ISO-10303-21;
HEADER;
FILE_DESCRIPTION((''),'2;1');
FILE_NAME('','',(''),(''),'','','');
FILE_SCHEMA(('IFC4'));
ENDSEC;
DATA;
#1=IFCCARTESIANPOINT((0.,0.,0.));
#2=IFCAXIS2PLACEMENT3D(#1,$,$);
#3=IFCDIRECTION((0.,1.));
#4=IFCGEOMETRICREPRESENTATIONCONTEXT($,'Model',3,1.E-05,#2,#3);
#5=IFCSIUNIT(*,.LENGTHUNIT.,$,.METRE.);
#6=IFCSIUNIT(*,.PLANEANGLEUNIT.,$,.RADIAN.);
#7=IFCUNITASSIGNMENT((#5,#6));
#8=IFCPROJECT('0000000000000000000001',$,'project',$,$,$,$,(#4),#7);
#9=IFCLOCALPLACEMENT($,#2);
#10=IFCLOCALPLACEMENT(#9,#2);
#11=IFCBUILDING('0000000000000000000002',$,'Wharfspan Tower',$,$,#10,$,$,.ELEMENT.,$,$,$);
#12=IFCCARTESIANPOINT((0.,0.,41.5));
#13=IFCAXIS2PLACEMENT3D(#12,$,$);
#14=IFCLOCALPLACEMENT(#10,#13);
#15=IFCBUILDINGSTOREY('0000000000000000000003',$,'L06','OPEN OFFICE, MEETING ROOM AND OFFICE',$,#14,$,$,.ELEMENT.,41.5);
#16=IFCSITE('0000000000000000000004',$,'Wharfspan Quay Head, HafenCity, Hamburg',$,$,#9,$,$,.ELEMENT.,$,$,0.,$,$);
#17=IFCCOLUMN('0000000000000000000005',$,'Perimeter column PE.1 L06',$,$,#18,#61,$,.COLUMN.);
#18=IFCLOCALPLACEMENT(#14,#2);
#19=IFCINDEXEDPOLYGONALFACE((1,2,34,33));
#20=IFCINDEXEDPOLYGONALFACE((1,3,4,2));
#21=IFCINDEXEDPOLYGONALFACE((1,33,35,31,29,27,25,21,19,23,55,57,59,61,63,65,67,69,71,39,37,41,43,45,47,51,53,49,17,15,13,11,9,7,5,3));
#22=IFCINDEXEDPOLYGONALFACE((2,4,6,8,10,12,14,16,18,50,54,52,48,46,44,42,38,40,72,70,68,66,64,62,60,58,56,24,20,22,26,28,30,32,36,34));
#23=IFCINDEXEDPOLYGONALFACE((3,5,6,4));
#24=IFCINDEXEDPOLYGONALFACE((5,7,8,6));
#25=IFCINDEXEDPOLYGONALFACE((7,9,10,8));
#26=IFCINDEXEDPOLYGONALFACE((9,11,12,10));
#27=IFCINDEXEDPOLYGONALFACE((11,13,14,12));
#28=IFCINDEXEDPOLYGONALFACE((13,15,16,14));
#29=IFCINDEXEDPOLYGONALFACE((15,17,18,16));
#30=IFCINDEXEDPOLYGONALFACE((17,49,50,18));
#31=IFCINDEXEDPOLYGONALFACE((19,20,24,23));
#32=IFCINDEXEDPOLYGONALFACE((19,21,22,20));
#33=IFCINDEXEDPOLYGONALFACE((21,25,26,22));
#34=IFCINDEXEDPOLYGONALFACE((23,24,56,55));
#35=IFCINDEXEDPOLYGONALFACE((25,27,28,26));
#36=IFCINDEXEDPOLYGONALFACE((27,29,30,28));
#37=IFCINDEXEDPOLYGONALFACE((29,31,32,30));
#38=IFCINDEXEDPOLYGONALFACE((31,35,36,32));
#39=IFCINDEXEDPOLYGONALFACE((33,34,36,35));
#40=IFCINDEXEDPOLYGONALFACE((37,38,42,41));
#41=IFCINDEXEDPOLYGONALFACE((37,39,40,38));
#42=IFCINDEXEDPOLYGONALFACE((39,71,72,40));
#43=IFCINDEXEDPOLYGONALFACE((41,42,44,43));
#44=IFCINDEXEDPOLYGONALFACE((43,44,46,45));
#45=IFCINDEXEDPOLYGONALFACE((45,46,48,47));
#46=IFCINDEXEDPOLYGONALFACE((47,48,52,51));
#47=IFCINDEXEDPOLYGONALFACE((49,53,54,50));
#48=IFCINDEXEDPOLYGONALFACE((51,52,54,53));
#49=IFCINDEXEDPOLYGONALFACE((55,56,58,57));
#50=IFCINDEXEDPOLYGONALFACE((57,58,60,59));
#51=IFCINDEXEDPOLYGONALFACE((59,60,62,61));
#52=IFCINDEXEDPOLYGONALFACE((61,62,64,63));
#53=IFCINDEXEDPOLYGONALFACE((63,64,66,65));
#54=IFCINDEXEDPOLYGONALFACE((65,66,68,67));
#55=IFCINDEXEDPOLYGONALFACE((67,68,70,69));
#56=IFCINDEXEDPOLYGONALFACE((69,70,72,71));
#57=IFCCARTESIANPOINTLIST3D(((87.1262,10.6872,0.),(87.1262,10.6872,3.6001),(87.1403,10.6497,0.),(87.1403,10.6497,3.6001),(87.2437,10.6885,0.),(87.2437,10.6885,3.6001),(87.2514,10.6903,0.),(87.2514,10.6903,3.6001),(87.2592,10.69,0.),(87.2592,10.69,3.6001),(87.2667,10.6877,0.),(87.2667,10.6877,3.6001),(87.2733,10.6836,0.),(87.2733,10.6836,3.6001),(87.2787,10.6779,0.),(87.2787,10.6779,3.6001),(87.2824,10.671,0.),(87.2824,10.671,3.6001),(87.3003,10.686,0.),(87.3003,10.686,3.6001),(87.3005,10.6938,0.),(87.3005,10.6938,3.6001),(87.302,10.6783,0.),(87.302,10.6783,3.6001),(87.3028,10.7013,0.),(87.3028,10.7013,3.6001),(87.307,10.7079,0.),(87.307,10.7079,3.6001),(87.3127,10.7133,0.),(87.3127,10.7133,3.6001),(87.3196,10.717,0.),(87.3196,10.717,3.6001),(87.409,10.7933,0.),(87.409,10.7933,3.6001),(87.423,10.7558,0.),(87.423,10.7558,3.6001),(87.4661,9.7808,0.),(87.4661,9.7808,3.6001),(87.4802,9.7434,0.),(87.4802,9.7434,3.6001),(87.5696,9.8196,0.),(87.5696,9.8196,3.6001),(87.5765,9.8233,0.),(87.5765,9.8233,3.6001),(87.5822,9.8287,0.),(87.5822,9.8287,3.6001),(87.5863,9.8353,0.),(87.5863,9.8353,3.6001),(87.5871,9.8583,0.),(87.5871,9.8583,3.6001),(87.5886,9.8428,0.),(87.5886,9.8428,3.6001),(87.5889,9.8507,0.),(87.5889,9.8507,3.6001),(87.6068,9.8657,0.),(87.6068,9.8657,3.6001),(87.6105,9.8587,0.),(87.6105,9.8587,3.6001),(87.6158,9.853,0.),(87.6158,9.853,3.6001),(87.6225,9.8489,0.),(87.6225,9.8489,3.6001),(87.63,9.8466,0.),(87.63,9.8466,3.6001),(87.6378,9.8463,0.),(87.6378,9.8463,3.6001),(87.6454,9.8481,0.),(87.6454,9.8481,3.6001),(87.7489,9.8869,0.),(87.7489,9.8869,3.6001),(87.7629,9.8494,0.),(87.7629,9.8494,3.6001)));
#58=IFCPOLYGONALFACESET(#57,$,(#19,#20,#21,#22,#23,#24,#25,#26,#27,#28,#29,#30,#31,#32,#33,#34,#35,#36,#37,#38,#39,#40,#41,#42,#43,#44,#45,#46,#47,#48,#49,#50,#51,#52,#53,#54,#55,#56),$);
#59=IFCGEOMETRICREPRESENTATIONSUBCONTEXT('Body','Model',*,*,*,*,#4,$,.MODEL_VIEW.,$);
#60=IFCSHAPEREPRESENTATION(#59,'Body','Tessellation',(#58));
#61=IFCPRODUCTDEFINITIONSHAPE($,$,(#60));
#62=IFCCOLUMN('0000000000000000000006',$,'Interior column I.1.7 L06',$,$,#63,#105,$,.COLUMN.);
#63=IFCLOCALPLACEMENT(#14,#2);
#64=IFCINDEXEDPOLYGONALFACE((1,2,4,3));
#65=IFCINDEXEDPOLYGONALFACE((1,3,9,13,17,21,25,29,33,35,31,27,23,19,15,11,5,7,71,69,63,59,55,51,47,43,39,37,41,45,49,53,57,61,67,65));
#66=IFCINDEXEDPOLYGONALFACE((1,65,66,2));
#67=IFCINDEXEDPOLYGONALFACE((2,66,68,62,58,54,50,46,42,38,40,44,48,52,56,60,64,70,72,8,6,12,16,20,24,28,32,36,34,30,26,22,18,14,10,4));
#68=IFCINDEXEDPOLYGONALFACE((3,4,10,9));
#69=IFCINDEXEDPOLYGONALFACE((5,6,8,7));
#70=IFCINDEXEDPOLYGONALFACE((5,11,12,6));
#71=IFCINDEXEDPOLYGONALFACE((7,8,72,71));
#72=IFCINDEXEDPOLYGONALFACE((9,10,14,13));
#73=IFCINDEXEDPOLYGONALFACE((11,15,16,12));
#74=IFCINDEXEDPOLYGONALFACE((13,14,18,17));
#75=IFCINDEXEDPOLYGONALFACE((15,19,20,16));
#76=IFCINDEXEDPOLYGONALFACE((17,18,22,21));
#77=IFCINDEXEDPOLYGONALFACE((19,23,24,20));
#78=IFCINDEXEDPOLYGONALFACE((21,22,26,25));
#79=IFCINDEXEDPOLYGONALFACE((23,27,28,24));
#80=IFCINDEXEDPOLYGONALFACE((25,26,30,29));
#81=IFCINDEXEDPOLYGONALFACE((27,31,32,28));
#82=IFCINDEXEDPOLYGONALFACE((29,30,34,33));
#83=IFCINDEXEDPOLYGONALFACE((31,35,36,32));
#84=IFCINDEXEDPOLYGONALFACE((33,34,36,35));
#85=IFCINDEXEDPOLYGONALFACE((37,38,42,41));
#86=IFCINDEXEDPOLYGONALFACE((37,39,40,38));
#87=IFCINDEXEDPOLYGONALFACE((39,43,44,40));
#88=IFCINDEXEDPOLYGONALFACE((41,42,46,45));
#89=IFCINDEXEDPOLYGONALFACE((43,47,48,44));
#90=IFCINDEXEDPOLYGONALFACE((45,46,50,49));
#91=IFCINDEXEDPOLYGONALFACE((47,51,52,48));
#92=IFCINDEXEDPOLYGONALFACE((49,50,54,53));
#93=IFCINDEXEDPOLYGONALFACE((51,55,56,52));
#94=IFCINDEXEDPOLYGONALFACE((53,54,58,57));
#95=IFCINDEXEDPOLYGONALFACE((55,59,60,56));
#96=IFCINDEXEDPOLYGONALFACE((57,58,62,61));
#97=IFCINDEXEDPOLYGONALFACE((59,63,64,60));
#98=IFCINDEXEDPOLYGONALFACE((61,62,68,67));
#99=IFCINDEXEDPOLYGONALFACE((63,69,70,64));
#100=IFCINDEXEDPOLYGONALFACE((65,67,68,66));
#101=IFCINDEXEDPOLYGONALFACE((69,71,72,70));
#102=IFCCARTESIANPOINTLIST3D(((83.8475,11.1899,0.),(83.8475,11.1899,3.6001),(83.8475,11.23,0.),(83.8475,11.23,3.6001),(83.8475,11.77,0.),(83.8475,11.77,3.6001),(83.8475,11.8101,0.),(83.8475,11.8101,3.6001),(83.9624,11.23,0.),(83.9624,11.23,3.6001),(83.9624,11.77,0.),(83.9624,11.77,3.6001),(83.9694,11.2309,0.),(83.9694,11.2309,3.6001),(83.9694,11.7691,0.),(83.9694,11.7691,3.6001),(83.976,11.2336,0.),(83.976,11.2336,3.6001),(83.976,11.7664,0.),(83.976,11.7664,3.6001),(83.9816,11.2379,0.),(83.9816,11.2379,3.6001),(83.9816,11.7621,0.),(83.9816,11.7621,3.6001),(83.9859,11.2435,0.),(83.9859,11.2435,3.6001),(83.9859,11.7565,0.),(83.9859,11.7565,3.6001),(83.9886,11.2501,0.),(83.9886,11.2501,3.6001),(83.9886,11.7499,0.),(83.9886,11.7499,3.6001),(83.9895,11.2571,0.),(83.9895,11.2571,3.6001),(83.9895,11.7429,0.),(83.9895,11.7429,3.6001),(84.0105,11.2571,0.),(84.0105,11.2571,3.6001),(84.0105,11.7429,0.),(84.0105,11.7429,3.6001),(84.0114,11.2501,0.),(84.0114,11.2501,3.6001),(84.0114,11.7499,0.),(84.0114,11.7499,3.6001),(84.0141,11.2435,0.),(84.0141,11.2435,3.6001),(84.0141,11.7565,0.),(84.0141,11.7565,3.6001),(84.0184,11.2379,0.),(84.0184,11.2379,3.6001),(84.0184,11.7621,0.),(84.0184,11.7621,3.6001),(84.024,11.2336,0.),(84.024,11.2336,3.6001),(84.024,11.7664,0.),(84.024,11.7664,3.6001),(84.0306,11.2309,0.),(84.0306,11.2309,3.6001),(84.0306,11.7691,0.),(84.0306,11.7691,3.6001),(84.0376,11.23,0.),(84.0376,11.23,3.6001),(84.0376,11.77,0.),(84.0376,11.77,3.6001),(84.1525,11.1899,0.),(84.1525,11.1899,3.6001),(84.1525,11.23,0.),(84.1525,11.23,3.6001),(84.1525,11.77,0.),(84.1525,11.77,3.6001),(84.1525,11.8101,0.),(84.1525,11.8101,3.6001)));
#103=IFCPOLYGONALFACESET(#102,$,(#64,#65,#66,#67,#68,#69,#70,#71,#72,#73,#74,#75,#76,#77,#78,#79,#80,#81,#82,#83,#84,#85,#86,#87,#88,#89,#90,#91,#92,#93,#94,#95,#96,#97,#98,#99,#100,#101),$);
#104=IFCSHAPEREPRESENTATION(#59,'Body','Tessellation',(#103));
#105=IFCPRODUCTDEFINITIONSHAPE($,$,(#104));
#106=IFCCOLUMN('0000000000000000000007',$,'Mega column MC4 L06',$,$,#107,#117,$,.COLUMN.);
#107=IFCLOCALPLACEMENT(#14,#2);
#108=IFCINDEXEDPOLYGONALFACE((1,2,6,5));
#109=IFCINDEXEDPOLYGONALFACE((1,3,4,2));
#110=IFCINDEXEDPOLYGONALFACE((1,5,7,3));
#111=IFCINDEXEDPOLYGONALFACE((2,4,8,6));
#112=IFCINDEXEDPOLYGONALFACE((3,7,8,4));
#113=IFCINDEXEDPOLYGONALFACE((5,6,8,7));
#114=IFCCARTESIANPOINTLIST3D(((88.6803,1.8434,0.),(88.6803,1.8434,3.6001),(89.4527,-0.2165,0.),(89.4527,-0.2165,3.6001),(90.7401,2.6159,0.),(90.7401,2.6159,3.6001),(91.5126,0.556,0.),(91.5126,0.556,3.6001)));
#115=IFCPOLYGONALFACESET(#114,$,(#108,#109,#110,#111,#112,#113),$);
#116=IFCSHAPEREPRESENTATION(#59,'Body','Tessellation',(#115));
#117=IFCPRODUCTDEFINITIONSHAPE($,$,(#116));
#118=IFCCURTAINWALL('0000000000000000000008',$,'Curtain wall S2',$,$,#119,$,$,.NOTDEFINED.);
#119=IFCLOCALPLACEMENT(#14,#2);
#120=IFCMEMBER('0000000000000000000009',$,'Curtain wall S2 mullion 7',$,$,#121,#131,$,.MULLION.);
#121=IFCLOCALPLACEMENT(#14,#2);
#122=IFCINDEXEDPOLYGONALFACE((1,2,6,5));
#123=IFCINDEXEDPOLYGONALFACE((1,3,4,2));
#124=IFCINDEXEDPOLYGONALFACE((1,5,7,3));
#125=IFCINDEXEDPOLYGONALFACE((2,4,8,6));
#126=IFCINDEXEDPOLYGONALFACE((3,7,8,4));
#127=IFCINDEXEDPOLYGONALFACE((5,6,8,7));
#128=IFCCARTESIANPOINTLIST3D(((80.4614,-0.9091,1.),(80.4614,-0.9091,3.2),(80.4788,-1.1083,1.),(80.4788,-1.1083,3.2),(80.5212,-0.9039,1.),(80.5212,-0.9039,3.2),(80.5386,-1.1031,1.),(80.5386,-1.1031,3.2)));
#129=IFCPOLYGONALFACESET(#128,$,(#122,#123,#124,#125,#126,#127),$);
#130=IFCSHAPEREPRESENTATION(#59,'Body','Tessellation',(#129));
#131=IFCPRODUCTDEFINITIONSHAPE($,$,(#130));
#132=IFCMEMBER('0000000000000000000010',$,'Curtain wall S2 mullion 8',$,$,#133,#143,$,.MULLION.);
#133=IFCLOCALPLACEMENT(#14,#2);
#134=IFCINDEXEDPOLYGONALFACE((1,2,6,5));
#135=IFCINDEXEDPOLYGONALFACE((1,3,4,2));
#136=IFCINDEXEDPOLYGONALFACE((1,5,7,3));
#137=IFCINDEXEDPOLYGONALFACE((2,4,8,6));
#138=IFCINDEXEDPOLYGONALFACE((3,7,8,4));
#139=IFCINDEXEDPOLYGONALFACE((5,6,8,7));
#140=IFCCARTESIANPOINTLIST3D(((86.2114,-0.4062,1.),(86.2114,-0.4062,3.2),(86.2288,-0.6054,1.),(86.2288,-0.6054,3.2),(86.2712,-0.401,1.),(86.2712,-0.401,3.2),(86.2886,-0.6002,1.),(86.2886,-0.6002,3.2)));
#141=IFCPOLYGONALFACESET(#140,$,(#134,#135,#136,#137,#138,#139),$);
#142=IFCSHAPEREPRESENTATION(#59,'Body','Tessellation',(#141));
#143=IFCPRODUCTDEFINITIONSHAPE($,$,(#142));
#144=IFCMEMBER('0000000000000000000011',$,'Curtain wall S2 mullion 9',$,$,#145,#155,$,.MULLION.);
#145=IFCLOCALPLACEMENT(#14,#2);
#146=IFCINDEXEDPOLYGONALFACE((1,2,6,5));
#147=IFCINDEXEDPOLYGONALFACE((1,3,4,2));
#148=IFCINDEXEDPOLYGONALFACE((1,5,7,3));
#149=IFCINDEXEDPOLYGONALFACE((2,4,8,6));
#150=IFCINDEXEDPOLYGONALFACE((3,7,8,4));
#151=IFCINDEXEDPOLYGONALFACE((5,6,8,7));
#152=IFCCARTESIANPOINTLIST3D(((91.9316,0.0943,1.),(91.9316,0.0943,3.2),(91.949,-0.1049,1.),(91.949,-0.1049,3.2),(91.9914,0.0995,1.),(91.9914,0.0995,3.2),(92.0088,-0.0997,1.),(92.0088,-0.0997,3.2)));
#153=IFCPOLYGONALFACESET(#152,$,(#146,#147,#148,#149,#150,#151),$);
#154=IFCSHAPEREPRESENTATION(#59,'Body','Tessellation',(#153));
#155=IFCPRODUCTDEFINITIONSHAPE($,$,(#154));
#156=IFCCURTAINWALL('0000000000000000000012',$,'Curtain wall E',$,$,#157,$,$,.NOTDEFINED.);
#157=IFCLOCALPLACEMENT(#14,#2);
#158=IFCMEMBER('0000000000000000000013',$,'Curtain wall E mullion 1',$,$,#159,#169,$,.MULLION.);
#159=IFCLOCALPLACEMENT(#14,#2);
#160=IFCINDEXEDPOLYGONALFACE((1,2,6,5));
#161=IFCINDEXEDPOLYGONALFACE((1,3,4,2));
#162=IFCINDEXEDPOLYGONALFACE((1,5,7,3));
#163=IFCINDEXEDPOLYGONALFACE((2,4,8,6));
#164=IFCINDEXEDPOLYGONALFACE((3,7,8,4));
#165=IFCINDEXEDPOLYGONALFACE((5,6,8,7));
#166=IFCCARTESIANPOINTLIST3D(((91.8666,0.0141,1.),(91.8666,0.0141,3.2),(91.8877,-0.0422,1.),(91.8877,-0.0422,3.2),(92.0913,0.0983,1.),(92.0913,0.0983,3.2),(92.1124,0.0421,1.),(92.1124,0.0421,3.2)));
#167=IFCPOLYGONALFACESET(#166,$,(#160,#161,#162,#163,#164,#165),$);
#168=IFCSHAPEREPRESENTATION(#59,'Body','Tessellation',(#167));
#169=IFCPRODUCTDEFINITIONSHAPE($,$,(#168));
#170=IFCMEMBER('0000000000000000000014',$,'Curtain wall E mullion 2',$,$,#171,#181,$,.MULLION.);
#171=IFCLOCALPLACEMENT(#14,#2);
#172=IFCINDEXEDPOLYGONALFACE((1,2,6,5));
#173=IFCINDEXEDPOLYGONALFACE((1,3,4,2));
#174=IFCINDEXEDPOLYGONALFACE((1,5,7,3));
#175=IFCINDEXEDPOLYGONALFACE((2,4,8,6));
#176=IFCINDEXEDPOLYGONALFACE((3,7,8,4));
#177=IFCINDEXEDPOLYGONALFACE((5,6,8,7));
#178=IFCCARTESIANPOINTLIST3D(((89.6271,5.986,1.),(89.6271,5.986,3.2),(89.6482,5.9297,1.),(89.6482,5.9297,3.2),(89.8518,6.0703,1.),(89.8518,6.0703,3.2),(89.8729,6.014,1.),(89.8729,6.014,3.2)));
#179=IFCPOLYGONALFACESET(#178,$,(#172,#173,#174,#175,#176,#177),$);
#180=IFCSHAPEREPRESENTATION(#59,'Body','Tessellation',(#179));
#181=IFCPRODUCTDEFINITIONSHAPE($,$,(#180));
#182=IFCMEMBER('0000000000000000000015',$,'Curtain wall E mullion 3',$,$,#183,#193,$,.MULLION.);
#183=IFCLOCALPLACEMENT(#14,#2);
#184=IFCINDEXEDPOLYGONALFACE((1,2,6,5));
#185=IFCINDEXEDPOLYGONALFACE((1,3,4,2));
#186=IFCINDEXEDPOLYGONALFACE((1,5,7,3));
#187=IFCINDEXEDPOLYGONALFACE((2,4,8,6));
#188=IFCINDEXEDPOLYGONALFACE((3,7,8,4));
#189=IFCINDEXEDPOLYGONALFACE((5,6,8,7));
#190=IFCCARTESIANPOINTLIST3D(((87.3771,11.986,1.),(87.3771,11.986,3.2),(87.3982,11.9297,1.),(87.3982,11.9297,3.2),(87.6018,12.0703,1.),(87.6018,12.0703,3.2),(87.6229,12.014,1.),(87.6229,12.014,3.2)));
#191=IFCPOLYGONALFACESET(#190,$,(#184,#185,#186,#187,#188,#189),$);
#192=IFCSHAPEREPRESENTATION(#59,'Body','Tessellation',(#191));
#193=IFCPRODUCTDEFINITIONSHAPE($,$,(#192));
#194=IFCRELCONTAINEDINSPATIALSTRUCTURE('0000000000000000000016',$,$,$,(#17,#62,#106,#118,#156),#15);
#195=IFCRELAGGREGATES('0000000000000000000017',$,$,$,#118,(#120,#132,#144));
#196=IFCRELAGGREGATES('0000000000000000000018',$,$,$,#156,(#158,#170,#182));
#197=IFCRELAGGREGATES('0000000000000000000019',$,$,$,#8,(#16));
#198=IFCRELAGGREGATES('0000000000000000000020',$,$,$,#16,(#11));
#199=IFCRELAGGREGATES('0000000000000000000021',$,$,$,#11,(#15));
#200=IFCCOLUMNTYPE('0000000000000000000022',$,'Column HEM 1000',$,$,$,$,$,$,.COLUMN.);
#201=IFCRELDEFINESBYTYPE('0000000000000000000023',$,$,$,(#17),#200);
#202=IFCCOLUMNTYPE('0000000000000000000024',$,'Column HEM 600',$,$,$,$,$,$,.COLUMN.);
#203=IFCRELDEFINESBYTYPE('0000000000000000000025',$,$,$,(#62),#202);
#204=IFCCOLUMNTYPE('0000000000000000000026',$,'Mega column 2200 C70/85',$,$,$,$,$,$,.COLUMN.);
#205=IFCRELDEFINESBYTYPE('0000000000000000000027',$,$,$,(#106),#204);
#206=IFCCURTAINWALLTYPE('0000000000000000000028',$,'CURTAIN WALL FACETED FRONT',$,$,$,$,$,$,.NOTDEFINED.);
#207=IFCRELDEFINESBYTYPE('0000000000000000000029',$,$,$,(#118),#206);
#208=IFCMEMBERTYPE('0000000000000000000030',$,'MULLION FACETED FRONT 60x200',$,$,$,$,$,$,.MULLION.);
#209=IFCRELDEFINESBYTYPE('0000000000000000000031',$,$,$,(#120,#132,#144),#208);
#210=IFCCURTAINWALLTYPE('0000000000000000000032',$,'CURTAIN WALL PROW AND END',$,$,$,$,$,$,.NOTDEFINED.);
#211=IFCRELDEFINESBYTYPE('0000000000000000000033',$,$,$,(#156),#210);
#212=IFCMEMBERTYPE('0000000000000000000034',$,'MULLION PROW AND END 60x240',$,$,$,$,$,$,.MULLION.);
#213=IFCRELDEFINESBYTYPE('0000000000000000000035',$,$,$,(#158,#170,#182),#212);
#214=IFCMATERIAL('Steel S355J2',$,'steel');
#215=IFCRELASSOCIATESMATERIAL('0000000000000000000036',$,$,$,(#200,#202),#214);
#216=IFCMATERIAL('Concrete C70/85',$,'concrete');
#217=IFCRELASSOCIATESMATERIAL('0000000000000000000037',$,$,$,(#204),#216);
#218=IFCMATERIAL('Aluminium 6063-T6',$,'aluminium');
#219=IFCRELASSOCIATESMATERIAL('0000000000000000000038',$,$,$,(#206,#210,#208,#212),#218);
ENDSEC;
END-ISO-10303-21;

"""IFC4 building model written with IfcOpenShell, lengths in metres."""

from ifc_helpers import new_model, si_unit, direction, frame, origin, origin_2d, place, context, subcontext, project, spatial, rectangle, i_section, extrude, material, material_profile, profile_set, type_object, element, aggregate, save


model = new_model("IFC4")

# Units and contexts
model_context = context("Model", 3, precision=1e-05, world=origin(), true_north=direction((0.0, 1.0)))
body_context = subcontext(model_context, "Body", "Model", "MODEL_VIEW")
ifc_project = project(units=[si_unit("LENGTHUNIT", "METRE"), si_unit("PLANEANGLEUNIT", "RADIAN")], contexts=[model_context])

# Site, building, storey
site_placement = place(None, origin())
site = spatial("IfcSite", under=ifc_project, at=site_placement, Name="Wharfspan Quay Head, HafenCity, Hamburg", CompositionType="ELEMENT", RefElevation=0.0)
building_placement = place(site_placement, origin())
building = spatial("IfcBuilding", under=site, at=building_placement, Name="Wharfspan Tower", CompositionType="ELEMENT")
storey_placement = place(building_placement, frame((0.0, 0.0, 41.5)))
storey = spatial("IfcBuildingStorey", under=building, at=storey_placement, Name="L06", Description="OPEN OFFICE, MEETING ROOM AND OFFICE", CompositionType="ELEMENT", Elevation=41.5)

# Columns
ifc_material_1 = material(Name="Steel S355J2", Category="steel")
ifc_material_profile_1 = material_profile(ifc_material_1, i_section(OverallWidth=0.302, OverallDepth=1.0081, WebThickness=0.021, FlangeThickness=0.04, FilletRadius=0.03, at=origin_2d()))
ifc_profile_set_1 = profile_set([ifc_material_profile_1], Name="Steel S355J2")
column_type_1 = type_object("IfcColumnType", Name="Column HEM 1000", PredefinedType="COLUMN", material=ifc_profile_set_1)
column_1_placement = place(storey_placement, frame((87.4446, 10.2683, 0.0), z_axis=(0.0, 0.0, 1.0), x_axis=(0.936328, 0.351123, 0.0)))
element("IfcColumn", 1, at=column_1_placement, inside=storey, type_object=column_type_1, Name="Perimeter column PE.1 L06", PredefinedType="COLUMN", context=body_context, shape_type="SweptSolid", body=[
    extrude(i_section(OverallWidth=0.302, OverallDepth=1.0081, WebThickness=0.021, FlangeThickness=0.04, FilletRadius=0.03, at=origin_2d()), origin(), (0.0, 0.0, 1.0), 3.6001),
])
ifc_material_profile_2 = material_profile(ifc_material_1, i_section(OverallWidth=0.3049, OverallDepth=0.6201, WebThickness=0.021, FlangeThickness=0.04, FilletRadius=0.0271, at=origin_2d()))
ifc_profile_set_2 = profile_set([ifc_material_profile_2], Name="Steel S355J2")
column_type_2 = type_object("IfcColumnType", Name="Column HEM 600", PredefinedType="COLUMN", material=ifc_profile_set_2)
column_2_placement = place(storey_placement, frame((84.0, 11.5, 0.0), z_axis=(0.0, 0.0, 1.0), x_axis=(1.0, 0.0, 0.0)))
element("IfcColumn", 2, at=column_2_placement, inside=storey, type_object=column_type_2, Name="Interior column I.1.7 L06", PredefinedType="COLUMN", context=body_context, shape_type="SweptSolid", body=[
    extrude(i_section(OverallWidth=0.3049, OverallDepth=0.6201, WebThickness=0.021, FlangeThickness=0.04, FilletRadius=0.0271, at=origin_2d()), origin(), (0.0, 0.0, 1.0), 3.6001),
])
ifc_material_2 = material(Name="Concrete C70/85", Category="concrete")
ifc_material_profile_3 = material_profile(ifc_material_2, rectangle(XDim=2.2, YDim=2.2, at=origin_2d()))
ifc_profile_set_3 = profile_set([ifc_material_profile_3], Name="Concrete C70/85")
column_type_3 = type_object("IfcColumnType", Name="Mega column 2200 C70/85", PredefinedType="COLUMN", material=ifc_profile_set_3)
column_3_placement = place(storey_placement, frame((90.0964, 1.1997, 0.0), z_axis=(0.0, 0.0, 1.0), x_axis=(-0.351123, 0.936328, 0.0)))
element("IfcColumn", 3, at=column_3_placement, inside=storey, type_object=column_type_3, Name="Mega column MC4 L06", PredefinedType="COLUMN", context=body_context, shape_type="SweptSolid", body=[
    extrude(rectangle(XDim=2.2, YDim=2.2, at=origin_2d()), origin(), (0.0, 0.0, 1.0), 3.6001),
])

# Curtain walls, members
ifc_material_3 = material(Name="Aluminium 6063-T6", Category="aluminium")
curtain_wall_type_1 = type_object("IfcCurtainWallType", Name="CURTAIN WALL FACETED FRONT", PredefinedType="NOTDEFINED", material=ifc_material_3)
curtain_wall_1_placement = place(storey_placement, origin())
curtain_wall_1 = element("IfcCurtainWall", 4, at=curtain_wall_1_placement, inside=storey, type_object=curtain_wall_type_1, Name="Curtain wall S2", PredefinedType="NOTDEFINED")
ifc_material_profile_4 = material_profile(ifc_material_3, rectangle(XDim=0.2, YDim=0.0601, at=origin_2d()))
ifc_profile_set_4 = profile_set([ifc_material_profile_4], Name="Aluminium 6063-T6")
member_type_1 = type_object("IfcMemberType", Name="MULLION FACETED FRONT 60x200", PredefinedType="MULLION", material=ifc_profile_set_4)
member_1_placement = place(storey_placement, frame((80.5, -1.0061, 1.0), z_axis=(0.0, 0.0, 1.0), x_axis=(-0.087156, 0.996197, 0.0)))
member_1 = element("IfcMember", 5, at=member_1_placement, type_object=member_type_1, Name="Curtain wall S2 mullion 7", PredefinedType="MULLION", context=body_context, shape_type="SweptSolid", body=[
    extrude(rectangle(XDim=0.2, YDim=0.0601, at=origin_2d()), origin(), (0.0, 0.0, 1.0), 2.2),
])
member_2_placement = place(storey_placement, frame((86.25, -0.5032, 1.0), z_axis=(0.0, 0.0, 1.0), x_axis=(-0.087156, 0.996197, 0.0)))
member_2 = element("IfcMember", 6, at=member_2_placement, type_object=member_type_1, Name="Curtain wall S2 mullion 8", PredefinedType="MULLION", context=body_context, shape_type="SweptSolid", body=[
    extrude(rectangle(XDim=0.2, YDim=0.0601, at=origin_2d()), origin(), (0.0, 0.0, 1.0), 2.2),
])
member_3_placement = place(storey_placement, frame((91.9702, -0.0027, 1.0), z_axis=(0.0, 0.0, 1.0), x_axis=(-0.087156, 0.996197, 0.0)))
member_3 = element("IfcMember", 7, at=member_3_placement, type_object=member_type_1, Name="Curtain wall S2 mullion 9", PredefinedType="MULLION", context=body_context, shape_type="SweptSolid", body=[
    extrude(rectangle(XDim=0.2, YDim=0.0601, at=origin_2d()), origin(), (0.0, 0.0, 1.0), 2.2),
])
curtain_wall_type_2 = type_object("IfcCurtainWallType", Name="CURTAIN WALL PROW AND END", PredefinedType="NOTDEFINED", material=ifc_material_3)
curtain_wall_2_placement = place(storey_placement, origin())
curtain_wall_2 = element("IfcCurtainWall", 8, at=curtain_wall_2_placement, inside=storey, type_object=curtain_wall_type_2, Name="Curtain wall E", PredefinedType="NOTDEFINED")
ifc_material_profile_5 = material_profile(ifc_material_3, rectangle(XDim=0.24, YDim=0.0601, at=origin_2d()))
ifc_profile_set_5 = profile_set([ifc_material_profile_5], Name="Aluminium 6063-T6")
member_type_2 = type_object("IfcMemberType", Name="MULLION PROW AND END 60x240", PredefinedType="MULLION", material=ifc_profile_set_5)
member_4_placement = place(storey_placement, frame((91.9895, 0.0281, 1.0), z_axis=(0.0, 0.0, 1.0), x_axis=(-0.936328, -0.351123, 0.0)))
member_4 = element("IfcMember", 9, at=member_4_placement, type_object=member_type_2, Name="Curtain wall E mullion 1", PredefinedType="MULLION", context=body_context, shape_type="SweptSolid", body=[
    extrude(rectangle(XDim=0.24, YDim=0.0601, at=origin_2d()), origin(), (0.0, 0.0, 1.0), 2.2),
])
member_5_placement = place(storey_placement, frame((89.75, 6.0, 1.0), z_axis=(0.0, 0.0, 1.0), x_axis=(-0.936328, -0.351123, 0.0)))
member_5 = element("IfcMember", 10, at=member_5_placement, type_object=member_type_2, Name="Curtain wall E mullion 2", PredefinedType="MULLION", context=body_context, shape_type="SweptSolid", body=[
    extrude(rectangle(XDim=0.24, YDim=0.0601, at=origin_2d()), origin(), (0.0, 0.0, 1.0), 2.2),
])
member_6_placement = place(storey_placement, frame((87.5, 12.0, 1.0), z_axis=(0.0, 0.0, 1.0), x_axis=(-0.936328, -0.351123, 0.0)))
member_6 = element("IfcMember", 11, at=member_6_placement, type_object=member_type_2, Name="Curtain wall E mullion 3", PredefinedType="MULLION", context=body_context, shape_type="SweptSolid", body=[
    extrude(rectangle(XDim=0.24, YDim=0.0601, at=origin_2d()), origin(), (0.0, 0.0, 1.0), 2.2),
])

aggregate(curtain_wall_1, [member_1, member_2, member_3])
aggregate(curtain_wall_2, [member_4, member_5, member_6])

save(model, "model.ifc")
